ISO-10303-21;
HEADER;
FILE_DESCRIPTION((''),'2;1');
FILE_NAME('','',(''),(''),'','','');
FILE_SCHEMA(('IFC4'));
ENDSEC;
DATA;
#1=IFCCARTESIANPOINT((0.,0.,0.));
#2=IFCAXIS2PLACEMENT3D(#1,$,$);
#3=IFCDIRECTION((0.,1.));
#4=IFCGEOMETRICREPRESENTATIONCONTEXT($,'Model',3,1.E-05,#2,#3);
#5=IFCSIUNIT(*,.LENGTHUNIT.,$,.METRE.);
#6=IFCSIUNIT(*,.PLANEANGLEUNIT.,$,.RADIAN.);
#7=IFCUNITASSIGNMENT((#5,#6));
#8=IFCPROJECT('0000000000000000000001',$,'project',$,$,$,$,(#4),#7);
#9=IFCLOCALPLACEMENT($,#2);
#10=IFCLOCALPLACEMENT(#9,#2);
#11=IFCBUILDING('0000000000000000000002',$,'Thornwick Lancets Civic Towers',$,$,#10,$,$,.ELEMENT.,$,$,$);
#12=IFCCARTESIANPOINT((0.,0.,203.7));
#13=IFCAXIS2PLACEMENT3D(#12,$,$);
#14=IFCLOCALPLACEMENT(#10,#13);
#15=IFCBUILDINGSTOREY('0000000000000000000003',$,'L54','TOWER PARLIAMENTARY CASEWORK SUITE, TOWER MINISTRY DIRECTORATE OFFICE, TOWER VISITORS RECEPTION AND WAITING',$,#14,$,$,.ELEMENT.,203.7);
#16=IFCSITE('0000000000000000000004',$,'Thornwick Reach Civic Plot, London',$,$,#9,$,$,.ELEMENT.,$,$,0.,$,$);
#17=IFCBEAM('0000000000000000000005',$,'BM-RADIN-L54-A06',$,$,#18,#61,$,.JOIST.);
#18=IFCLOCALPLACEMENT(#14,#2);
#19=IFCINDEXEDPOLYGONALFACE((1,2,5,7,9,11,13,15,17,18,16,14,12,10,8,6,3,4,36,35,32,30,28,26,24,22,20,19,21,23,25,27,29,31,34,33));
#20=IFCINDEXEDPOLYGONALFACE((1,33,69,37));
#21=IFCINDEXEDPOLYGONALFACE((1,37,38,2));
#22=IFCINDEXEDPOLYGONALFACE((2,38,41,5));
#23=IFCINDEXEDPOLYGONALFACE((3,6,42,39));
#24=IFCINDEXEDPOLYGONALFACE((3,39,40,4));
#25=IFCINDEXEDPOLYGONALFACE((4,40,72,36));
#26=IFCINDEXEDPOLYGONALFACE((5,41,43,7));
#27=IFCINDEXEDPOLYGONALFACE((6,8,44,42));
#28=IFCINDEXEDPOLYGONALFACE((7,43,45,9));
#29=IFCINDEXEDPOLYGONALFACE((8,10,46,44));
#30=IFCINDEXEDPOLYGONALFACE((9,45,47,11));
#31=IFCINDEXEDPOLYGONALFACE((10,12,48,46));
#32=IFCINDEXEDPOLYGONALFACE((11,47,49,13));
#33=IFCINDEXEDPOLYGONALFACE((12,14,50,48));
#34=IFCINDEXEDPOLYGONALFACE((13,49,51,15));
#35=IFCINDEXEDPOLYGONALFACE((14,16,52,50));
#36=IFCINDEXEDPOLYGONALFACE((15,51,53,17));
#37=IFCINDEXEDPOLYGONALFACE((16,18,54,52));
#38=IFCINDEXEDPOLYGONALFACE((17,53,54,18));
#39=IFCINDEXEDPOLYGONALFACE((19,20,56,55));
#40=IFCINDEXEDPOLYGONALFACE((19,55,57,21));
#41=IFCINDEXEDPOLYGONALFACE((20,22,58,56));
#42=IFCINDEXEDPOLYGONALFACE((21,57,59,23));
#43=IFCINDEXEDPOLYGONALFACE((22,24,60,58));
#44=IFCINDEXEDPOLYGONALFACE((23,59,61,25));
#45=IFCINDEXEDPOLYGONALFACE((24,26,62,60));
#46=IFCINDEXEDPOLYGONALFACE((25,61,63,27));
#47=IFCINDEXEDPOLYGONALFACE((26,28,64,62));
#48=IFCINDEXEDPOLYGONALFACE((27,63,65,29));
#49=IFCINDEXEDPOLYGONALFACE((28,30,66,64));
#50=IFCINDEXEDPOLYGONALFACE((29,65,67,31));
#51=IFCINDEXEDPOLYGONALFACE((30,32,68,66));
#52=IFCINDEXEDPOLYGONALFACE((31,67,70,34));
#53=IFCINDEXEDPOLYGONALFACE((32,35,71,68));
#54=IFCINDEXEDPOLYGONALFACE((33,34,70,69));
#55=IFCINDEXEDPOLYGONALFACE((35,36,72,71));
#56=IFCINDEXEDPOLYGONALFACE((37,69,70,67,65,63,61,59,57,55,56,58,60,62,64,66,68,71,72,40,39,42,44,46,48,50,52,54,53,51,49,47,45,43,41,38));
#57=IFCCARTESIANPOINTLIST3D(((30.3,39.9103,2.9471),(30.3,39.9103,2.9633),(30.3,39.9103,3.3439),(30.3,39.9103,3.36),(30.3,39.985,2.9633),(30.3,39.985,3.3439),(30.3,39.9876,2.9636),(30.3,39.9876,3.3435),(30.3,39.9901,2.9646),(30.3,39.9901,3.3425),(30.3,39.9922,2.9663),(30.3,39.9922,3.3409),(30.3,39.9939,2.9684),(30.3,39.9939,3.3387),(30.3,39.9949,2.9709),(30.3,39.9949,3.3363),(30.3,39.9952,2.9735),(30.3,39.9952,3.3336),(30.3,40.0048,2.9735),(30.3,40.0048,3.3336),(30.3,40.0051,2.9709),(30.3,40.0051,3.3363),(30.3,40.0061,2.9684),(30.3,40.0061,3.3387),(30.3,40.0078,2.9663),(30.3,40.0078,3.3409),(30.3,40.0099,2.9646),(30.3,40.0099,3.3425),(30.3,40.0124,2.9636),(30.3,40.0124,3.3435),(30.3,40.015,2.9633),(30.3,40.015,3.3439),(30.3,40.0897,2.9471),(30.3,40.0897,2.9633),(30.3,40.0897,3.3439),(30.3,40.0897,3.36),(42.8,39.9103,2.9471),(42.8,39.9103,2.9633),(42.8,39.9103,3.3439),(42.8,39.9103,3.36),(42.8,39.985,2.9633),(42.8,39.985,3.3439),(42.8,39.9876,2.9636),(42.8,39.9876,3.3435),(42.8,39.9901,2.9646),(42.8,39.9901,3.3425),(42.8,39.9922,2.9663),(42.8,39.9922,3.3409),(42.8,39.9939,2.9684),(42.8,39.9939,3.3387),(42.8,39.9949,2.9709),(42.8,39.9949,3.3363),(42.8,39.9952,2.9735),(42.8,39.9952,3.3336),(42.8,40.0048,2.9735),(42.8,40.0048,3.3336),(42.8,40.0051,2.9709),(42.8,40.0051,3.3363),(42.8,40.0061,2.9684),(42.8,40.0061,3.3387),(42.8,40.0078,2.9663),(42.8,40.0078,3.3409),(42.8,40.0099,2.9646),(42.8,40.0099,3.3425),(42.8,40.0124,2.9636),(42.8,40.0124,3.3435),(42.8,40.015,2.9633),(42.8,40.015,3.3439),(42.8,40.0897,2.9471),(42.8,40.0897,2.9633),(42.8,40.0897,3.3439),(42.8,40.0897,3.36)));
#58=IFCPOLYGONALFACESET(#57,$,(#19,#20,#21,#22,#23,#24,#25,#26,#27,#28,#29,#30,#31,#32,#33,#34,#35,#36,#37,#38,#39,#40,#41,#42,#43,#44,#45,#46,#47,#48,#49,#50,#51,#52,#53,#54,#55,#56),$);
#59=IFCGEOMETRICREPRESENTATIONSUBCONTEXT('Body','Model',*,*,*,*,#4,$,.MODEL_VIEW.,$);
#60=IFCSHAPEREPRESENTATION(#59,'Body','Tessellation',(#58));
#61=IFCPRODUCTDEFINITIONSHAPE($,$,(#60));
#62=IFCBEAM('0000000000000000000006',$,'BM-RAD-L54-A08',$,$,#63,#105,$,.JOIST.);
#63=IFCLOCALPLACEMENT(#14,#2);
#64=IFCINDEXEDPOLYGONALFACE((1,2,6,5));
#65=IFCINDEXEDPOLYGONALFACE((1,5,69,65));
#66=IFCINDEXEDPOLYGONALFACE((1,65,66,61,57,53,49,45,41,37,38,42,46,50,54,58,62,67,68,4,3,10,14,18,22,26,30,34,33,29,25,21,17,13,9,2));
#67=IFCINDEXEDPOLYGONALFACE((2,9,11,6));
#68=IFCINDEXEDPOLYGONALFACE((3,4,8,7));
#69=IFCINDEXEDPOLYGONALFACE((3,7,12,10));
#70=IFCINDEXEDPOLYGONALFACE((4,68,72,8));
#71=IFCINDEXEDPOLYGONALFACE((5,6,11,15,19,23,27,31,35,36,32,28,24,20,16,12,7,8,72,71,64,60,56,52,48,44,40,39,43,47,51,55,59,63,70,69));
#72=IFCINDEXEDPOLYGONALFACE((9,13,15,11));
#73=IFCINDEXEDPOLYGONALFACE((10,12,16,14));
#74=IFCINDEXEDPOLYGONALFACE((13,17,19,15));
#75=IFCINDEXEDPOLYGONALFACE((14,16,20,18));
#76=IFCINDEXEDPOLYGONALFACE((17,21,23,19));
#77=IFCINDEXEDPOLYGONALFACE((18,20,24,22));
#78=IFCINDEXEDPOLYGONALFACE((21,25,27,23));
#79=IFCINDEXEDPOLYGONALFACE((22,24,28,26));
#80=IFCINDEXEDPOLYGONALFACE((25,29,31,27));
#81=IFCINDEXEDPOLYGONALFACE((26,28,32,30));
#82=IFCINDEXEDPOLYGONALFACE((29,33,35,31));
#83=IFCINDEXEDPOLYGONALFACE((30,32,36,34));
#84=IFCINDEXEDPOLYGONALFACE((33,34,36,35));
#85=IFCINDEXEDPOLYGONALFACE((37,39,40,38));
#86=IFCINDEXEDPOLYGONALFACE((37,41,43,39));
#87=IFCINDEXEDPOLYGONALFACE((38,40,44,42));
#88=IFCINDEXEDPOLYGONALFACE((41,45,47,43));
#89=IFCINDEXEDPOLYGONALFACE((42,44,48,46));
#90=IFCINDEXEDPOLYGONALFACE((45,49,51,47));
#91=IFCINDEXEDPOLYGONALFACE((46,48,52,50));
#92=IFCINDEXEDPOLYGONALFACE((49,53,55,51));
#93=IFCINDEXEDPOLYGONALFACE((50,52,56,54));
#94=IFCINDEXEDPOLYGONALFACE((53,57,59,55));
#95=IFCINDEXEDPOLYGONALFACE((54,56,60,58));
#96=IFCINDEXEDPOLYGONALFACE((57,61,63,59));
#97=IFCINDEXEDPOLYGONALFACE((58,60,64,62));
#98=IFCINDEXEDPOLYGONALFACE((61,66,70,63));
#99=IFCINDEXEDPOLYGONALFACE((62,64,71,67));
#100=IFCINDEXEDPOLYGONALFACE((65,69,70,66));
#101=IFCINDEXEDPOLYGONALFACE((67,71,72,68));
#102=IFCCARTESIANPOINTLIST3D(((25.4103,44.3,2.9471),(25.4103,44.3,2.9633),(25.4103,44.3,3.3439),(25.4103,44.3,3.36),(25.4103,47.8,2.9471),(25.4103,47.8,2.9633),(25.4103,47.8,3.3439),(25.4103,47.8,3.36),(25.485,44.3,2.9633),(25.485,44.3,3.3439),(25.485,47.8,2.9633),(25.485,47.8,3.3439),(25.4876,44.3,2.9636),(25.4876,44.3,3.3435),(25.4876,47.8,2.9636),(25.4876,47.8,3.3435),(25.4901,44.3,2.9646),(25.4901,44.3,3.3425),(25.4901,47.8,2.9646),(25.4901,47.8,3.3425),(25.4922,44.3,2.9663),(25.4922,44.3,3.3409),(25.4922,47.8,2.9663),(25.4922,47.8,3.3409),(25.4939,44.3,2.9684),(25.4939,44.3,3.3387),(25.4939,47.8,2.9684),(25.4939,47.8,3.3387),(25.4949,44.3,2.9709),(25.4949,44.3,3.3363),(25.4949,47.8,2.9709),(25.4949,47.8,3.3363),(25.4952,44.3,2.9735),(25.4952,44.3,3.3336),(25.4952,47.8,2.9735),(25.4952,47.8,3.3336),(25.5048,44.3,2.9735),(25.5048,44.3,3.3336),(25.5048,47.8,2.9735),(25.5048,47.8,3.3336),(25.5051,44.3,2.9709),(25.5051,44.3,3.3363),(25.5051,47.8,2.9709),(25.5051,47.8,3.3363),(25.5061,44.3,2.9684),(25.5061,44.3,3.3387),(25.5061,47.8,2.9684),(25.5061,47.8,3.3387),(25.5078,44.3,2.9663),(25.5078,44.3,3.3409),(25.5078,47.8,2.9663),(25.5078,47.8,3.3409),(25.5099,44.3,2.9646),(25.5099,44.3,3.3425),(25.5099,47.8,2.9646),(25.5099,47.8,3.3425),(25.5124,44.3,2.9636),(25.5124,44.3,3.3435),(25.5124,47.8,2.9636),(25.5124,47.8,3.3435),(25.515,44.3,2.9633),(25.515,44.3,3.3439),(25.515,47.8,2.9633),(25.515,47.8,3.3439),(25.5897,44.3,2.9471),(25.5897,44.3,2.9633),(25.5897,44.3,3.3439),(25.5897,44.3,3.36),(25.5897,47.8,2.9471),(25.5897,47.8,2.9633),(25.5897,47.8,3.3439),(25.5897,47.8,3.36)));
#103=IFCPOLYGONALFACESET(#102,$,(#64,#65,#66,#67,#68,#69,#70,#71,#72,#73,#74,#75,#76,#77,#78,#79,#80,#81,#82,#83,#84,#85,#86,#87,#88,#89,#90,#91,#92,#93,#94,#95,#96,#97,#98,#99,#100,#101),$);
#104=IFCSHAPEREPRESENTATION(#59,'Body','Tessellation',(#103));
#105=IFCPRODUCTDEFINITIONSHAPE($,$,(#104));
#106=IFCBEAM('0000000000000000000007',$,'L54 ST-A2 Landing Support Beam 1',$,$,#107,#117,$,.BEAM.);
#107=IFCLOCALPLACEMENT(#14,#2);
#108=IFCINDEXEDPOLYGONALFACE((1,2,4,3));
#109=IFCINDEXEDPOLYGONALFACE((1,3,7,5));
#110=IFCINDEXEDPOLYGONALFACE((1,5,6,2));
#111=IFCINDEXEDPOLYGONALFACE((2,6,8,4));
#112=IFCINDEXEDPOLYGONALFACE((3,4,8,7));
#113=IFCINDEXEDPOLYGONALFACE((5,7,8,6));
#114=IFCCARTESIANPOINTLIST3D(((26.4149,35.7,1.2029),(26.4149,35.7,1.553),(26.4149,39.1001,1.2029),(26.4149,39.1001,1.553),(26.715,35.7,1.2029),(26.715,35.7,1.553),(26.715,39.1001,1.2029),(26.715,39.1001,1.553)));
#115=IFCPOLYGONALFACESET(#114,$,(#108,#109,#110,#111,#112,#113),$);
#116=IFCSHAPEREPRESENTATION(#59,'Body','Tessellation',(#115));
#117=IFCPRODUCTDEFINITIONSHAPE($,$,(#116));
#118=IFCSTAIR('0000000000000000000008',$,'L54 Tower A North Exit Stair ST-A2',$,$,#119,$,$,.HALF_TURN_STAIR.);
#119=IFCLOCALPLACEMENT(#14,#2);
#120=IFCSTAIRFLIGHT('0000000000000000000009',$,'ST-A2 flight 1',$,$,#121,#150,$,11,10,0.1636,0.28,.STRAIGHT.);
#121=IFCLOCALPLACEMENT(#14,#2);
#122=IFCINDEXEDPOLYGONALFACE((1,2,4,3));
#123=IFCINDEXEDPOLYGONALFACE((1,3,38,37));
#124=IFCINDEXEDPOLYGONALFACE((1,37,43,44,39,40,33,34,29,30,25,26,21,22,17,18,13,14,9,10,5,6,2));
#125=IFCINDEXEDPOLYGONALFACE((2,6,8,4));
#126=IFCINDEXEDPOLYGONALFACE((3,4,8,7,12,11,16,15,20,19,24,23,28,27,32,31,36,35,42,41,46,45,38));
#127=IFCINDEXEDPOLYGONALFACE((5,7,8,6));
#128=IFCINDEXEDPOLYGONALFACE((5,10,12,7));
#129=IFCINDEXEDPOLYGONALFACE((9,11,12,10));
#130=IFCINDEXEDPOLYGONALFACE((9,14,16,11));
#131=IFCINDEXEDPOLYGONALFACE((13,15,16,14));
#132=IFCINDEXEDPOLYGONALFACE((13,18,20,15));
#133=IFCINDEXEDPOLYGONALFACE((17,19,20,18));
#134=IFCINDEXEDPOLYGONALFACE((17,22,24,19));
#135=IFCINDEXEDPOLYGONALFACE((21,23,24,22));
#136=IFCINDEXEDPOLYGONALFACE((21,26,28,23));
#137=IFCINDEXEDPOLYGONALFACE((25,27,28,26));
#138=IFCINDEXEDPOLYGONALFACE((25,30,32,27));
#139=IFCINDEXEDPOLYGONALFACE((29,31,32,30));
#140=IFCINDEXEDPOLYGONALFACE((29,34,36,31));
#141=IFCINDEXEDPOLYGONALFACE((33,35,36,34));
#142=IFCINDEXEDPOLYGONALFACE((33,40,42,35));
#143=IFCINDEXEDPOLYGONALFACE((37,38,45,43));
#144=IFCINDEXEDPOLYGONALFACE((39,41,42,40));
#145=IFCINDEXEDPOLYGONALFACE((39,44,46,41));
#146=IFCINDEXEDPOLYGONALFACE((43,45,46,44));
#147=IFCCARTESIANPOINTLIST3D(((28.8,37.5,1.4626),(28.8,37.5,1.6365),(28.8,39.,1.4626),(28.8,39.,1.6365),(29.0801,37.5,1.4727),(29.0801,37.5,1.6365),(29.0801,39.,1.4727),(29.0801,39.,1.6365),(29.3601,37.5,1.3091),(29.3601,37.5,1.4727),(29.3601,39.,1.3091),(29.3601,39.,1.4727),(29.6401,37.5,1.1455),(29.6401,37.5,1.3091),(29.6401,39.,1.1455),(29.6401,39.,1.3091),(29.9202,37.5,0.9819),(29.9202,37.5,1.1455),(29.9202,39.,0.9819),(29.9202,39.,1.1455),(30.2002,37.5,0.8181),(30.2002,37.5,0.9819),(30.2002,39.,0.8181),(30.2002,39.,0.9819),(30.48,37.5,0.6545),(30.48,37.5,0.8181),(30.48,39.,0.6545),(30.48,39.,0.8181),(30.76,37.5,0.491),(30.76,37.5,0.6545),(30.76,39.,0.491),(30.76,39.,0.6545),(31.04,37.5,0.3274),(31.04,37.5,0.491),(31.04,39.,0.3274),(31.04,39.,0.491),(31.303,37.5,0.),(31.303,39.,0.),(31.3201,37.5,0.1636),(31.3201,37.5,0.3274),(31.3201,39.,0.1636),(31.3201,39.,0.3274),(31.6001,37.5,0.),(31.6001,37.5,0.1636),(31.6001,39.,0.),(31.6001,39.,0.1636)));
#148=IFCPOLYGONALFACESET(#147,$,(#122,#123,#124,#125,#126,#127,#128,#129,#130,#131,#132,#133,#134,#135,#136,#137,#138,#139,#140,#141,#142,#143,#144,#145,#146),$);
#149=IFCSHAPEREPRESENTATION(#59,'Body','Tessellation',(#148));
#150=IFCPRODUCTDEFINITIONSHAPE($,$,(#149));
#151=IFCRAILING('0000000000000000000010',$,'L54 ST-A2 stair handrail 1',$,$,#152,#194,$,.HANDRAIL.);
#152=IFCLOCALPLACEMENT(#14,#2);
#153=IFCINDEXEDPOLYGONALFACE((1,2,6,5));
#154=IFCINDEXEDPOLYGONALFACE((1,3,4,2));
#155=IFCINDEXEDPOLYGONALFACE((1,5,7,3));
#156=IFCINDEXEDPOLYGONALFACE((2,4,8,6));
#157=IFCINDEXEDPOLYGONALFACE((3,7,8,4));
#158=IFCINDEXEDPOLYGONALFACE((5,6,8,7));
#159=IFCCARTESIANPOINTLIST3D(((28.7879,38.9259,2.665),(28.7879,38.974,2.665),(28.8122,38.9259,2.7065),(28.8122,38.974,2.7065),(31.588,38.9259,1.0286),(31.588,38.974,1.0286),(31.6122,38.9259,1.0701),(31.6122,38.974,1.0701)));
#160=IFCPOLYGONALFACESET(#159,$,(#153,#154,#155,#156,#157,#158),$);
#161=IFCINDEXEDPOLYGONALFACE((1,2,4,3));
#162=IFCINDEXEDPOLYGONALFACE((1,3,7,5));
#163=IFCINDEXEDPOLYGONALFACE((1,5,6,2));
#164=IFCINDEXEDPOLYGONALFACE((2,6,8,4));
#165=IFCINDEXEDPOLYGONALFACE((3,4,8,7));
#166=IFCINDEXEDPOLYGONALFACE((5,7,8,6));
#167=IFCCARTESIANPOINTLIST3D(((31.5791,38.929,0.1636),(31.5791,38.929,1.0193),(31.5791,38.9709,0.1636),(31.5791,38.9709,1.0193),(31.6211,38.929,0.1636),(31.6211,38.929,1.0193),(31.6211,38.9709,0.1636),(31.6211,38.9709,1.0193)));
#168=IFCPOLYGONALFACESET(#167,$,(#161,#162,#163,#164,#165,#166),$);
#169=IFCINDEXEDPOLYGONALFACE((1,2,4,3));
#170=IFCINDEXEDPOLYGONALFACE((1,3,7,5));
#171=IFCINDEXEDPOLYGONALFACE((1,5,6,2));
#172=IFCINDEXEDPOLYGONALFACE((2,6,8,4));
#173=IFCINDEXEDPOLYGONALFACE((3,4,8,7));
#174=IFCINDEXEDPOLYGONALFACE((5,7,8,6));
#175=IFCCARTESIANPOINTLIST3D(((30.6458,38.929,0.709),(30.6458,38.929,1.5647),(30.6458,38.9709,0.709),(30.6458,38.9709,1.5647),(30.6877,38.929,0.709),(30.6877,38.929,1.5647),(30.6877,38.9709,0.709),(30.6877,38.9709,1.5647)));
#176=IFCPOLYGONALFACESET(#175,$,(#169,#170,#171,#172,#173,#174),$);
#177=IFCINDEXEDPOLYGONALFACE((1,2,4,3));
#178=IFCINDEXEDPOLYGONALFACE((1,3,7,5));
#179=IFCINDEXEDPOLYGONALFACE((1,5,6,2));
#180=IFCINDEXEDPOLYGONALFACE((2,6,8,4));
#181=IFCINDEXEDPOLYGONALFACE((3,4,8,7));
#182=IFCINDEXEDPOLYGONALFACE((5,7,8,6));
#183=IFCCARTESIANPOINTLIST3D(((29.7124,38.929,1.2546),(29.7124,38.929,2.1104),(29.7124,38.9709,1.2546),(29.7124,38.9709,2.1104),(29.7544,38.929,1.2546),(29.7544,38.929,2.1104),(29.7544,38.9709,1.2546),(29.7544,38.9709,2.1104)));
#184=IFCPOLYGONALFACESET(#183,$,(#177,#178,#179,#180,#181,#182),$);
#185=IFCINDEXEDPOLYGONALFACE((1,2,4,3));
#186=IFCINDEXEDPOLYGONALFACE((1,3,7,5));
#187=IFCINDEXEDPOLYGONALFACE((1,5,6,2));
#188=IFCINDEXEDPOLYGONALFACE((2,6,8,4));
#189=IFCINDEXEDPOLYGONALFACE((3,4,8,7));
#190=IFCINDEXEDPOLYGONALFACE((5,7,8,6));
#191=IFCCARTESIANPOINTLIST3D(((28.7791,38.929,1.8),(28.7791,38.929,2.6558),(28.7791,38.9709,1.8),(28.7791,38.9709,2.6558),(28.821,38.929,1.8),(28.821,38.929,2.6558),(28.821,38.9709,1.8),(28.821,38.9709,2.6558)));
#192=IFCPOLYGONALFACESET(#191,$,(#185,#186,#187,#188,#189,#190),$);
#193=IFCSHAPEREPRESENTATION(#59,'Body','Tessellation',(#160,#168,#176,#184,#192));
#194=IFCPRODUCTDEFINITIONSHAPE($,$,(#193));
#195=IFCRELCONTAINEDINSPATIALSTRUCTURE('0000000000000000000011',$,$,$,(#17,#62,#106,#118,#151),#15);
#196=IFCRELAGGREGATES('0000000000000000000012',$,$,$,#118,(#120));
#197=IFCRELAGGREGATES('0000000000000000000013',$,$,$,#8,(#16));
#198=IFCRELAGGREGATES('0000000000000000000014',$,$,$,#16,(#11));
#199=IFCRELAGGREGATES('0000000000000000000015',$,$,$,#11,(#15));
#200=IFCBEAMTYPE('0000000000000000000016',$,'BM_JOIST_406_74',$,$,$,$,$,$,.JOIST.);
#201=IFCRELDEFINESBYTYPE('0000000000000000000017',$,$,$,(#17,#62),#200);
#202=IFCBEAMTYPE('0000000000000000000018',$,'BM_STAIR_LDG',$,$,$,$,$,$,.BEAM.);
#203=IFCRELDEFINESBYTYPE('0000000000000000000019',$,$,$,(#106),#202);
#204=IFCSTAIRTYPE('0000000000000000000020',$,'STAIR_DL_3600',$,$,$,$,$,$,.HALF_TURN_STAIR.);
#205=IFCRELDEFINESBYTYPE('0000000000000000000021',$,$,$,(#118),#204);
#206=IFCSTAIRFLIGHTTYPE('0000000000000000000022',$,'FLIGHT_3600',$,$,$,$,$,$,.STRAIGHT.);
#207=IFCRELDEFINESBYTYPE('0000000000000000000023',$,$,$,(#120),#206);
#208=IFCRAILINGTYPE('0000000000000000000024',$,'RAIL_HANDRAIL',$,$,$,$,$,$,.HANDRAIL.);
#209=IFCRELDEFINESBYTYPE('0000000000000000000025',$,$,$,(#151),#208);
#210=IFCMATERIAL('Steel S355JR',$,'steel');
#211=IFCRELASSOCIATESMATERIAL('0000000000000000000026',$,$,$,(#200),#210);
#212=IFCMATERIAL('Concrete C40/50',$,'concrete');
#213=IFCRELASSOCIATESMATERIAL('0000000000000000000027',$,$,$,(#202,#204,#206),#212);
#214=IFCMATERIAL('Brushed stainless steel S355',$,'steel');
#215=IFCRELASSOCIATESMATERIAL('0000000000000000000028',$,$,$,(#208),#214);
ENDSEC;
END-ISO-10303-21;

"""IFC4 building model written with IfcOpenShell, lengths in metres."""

from ifc_helpers import new_model, si_unit, direction, frame, origin, origin_2d, place, context, subcontext, project, spatial, polyline, rectangle, i_section, outline, extrude, material, material_profile, profile_set, type_object, element, aggregate, save


model = new_model("IFC4")

# Units and contexts
model_context = context("Model", 3, precision=1e-05, world=origin(), true_north=direction((0.0, 1.0)))
body_context = subcontext(model_context, "Body", "Model", "MODEL_VIEW")
ifc_project = project(units=[si_unit("LENGTHUNIT", "METRE"), si_unit("PLANEANGLEUNIT", "RADIAN")], contexts=[model_context])

# Site, building, storey
site_placement = place(None, origin())
site = spatial("IfcSite", under=ifc_project, at=site_placement, Name="Thornwick Reach Civic Plot, London", CompositionType="ELEMENT", RefElevation=0.0)
building_placement = place(site_placement, origin())
building = spatial("IfcBuilding", under=site, at=building_placement, Name="Thornwick Lancets Civic Towers", CompositionType="ELEMENT")
storey_placement = place(building_placement, frame((0.0, 0.0, 203.7)))
storey = spatial("IfcBuildingStorey", under=building, at=storey_placement, Name="L54", Description="TOWER PARLIAMENTARY CASEWORK SUITE, TOWER MINISTRY DIRECTORATE OFFICE, TOWER VISITORS RECEPTION AND WAITING", CompositionType="ELEMENT", Elevation=203.7)

# Shared definitions
ifc_material_1 = material(Name="Steel S355JR", Category="steel")

# Beams
ifc_material_profile_1 = material_profile(ifc_material_1, i_section(OverallWidth=0.1794, OverallDepth=0.4128, WebThickness=0.0095, FlangeThickness=0.0161, FilletRadius=0.0103, at=origin_2d()), Name="UKB 406x178x74")
ifc_profile_set_1 = profile_set([ifc_material_profile_1], Name="Steel S355JR")
beam_type_1 = type_object("IfcBeamType", Name="BM_JOIST_406_74", PredefinedType="JOIST", material=ifc_profile_set_1)
beam_1_placement = place(storey_placement, frame((30.3, 40.0, 3.1536), z_axis=(1.0, 0.0, 0.0), x_axis=(0.0, 1.0, 0.0)))
element("IfcBeam", 1, at=beam_1_placement, inside=storey, type_object=beam_type_1, Name="BM-RADIN-L54-A06", PredefinedType="JOIST", context=body_context, shape_type="SweptSolid", body=[
    extrude(i_section(OverallWidth=0.1794, OverallDepth=0.4128, WebThickness=0.0095, FlangeThickness=0.0161, FilletRadius=0.0103, at=origin_2d()), origin(), (0.0, 0.0, 1.0), 12.5),
])
beam_2_placement = place(storey_placement, frame((25.5, 44.3, 3.1536), z_axis=(0.0, 1.0, 0.0), x_axis=(-1.0, 0.0, 0.0)))
element("IfcBeam", 2, at=beam_2_placement, inside=storey, type_object=beam_type_1, Name="BM-RAD-L54-A08", PredefinedType="JOIST", context=body_context, shape_type="SweptSolid", body=[
    extrude(i_section(OverallWidth=0.1794, OverallDepth=0.4128, WebThickness=0.0095, FlangeThickness=0.0161, FilletRadius=0.0103, at=origin_2d()), origin(), (0.0, 0.0, 1.0), 3.5),
])
ifc_material_2 = material(Name="Concrete C40/50", Category="concrete")
ifc_material_profile_2 = material_profile(ifc_material_2, rectangle(XDim=0.3, YDim=0.3501, at=origin_2d()), Name="RC 300x350")
ifc_profile_set_2 = profile_set([ifc_material_profile_2], Name="Concrete C40/50")
beam_type_2 = type_object("IfcBeamType", Name="BM_STAIR_LDG", PredefinedType="BEAM", material=ifc_profile_set_2)
beam_3_placement = place(storey_placement, frame((26.5649, 39.1001, 1.3779), z_axis=(0.0, -1.0, 0.0), x_axis=(1.0, 0.0, 0.0)))
element("IfcBeam", 3, at=beam_3_placement, inside=storey, type_object=beam_type_2, Name="L54 ST-A2 Landing Support Beam 1", PredefinedType="BEAM", context=body_context, shape_type="SweptSolid", body=[
    extrude(rectangle(XDim=0.3, YDim=0.3501, at=origin_2d()), origin(), (0.0, 0.0, 1.0), 3.4001),
])

# Stair, stair flight
stair_type = type_object("IfcStairType", Name="STAIR_DL_3600", PredefinedType="HALF_TURN_STAIR", material=ifc_material_2)
stair_placement = place(storey_placement, origin())
stair = element("IfcStair", 4, at=stair_placement, inside=storey, type_object=stair_type, Name="L54 Tower A North Exit Stair ST-A2", PredefinedType="HALF_TURN_STAIR")
stair_flight_type = type_object("IfcStairFlightType", Name="FLIGHT_3600", PredefinedType="STRAIGHT", material=ifc_material_2)
stair_flight_placement = place(storey_placement, frame((31.6001, 38.25, 0.0), z_axis=(0.0, 0.0, 1.0), x_axis=(-1.0, 0.0, 0.0)))
stair_flight = element("IfcStairFlight", 5, at=stair_flight_placement, type_object=stair_flight_type, Name="ST-A2 flight 1", NumberOfRisers=11, NumberOfTreads=10, PredefinedType="STRAIGHT", RiserHeight=0.1636, TreadLength=0.28, context=body_context, shape_type="SweptSolid", body=[
    extrude(outline(polyline([(0.0, 0.0), (0.0, 0.1636), (0.28, 0.1636), (0.28, 0.3274), (0.5601, 0.3274), (0.5601, 0.491), (0.8401, 0.491), (0.8401, 0.6545), (1.1201, 0.6545), (1.1201, 0.8181), (1.3999, 0.8181), (1.3999, 0.9819), (1.6799, 0.9819), (1.6799, 1.1455), (1.96, 1.1455), (1.96, 1.3091), (2.24, 1.3091), (2.24, 1.4727), (2.52, 1.4727), (2.52, 1.6365), (2.8, 1.6365), (2.8, 1.8), (2.8, 1.4626), (0.2971, 0.0), (0.0, 0.0)])), frame((0.0, 0.75, 0.0), z_axis=(0.0, -1.0, 0.0), x_axis=(1.0, 0.0, 0.0)), (0.0, 0.0, 1.0), 1.5),
])
aggregate(stair, [stair_flight])

# Railing
ifc_material_3 = material(Name="Brushed stainless steel S355", Category="steel")
railing_type_1 = type_object("IfcRailingType", Name="RAIL_HANDRAIL", PredefinedType="HANDRAIL", material=ifc_material_3)
railing_1_placement = place(storey_placement, frame((31.6001, 38.95, 0.1636)))
element("IfcRailing", 6, at=railing_1_placement, inside=storey, type_object=railing_type_1, Name="L54 ST-A2 stair handrail 1", PredefinedType="HANDRAIL", context=body_context, shape_type="SweptSolid", body=[
    extrude(rectangle(XDim=0.0481, YDim=0.0481, at=origin_2d()), frame((0.0, 0.0, 0.8857), z_axis=(-0.863361, 0.0, 0.504587), x_axis=(0.0, -1.0, 0.0)), (0.0, 0.0, 1.0), 3.2432),
    extrude(rectangle(XDim=0.042, YDim=0.042, at=origin_2d()), origin(), (0.0, 0.0, 1.0), 0.8557),
    extrude(rectangle(XDim=0.042, YDim=0.042, at=origin_2d()), frame((-0.9333, 0.0, 0.5454)), (0.0, 0.0, 1.0), 0.8557),
    extrude(rectangle(XDim=0.042, YDim=0.042, at=origin_2d()), frame((-1.8667, 0.0, 1.0911)), (0.0, 0.0, 1.0), 0.8557),
    extrude(rectangle(XDim=0.042, YDim=0.042, at=origin_2d()), frame((-2.8, 0.0, 1.6365)), (0.0, 0.0, 1.0), 0.8557),
])

save(model, "model.ifc")
